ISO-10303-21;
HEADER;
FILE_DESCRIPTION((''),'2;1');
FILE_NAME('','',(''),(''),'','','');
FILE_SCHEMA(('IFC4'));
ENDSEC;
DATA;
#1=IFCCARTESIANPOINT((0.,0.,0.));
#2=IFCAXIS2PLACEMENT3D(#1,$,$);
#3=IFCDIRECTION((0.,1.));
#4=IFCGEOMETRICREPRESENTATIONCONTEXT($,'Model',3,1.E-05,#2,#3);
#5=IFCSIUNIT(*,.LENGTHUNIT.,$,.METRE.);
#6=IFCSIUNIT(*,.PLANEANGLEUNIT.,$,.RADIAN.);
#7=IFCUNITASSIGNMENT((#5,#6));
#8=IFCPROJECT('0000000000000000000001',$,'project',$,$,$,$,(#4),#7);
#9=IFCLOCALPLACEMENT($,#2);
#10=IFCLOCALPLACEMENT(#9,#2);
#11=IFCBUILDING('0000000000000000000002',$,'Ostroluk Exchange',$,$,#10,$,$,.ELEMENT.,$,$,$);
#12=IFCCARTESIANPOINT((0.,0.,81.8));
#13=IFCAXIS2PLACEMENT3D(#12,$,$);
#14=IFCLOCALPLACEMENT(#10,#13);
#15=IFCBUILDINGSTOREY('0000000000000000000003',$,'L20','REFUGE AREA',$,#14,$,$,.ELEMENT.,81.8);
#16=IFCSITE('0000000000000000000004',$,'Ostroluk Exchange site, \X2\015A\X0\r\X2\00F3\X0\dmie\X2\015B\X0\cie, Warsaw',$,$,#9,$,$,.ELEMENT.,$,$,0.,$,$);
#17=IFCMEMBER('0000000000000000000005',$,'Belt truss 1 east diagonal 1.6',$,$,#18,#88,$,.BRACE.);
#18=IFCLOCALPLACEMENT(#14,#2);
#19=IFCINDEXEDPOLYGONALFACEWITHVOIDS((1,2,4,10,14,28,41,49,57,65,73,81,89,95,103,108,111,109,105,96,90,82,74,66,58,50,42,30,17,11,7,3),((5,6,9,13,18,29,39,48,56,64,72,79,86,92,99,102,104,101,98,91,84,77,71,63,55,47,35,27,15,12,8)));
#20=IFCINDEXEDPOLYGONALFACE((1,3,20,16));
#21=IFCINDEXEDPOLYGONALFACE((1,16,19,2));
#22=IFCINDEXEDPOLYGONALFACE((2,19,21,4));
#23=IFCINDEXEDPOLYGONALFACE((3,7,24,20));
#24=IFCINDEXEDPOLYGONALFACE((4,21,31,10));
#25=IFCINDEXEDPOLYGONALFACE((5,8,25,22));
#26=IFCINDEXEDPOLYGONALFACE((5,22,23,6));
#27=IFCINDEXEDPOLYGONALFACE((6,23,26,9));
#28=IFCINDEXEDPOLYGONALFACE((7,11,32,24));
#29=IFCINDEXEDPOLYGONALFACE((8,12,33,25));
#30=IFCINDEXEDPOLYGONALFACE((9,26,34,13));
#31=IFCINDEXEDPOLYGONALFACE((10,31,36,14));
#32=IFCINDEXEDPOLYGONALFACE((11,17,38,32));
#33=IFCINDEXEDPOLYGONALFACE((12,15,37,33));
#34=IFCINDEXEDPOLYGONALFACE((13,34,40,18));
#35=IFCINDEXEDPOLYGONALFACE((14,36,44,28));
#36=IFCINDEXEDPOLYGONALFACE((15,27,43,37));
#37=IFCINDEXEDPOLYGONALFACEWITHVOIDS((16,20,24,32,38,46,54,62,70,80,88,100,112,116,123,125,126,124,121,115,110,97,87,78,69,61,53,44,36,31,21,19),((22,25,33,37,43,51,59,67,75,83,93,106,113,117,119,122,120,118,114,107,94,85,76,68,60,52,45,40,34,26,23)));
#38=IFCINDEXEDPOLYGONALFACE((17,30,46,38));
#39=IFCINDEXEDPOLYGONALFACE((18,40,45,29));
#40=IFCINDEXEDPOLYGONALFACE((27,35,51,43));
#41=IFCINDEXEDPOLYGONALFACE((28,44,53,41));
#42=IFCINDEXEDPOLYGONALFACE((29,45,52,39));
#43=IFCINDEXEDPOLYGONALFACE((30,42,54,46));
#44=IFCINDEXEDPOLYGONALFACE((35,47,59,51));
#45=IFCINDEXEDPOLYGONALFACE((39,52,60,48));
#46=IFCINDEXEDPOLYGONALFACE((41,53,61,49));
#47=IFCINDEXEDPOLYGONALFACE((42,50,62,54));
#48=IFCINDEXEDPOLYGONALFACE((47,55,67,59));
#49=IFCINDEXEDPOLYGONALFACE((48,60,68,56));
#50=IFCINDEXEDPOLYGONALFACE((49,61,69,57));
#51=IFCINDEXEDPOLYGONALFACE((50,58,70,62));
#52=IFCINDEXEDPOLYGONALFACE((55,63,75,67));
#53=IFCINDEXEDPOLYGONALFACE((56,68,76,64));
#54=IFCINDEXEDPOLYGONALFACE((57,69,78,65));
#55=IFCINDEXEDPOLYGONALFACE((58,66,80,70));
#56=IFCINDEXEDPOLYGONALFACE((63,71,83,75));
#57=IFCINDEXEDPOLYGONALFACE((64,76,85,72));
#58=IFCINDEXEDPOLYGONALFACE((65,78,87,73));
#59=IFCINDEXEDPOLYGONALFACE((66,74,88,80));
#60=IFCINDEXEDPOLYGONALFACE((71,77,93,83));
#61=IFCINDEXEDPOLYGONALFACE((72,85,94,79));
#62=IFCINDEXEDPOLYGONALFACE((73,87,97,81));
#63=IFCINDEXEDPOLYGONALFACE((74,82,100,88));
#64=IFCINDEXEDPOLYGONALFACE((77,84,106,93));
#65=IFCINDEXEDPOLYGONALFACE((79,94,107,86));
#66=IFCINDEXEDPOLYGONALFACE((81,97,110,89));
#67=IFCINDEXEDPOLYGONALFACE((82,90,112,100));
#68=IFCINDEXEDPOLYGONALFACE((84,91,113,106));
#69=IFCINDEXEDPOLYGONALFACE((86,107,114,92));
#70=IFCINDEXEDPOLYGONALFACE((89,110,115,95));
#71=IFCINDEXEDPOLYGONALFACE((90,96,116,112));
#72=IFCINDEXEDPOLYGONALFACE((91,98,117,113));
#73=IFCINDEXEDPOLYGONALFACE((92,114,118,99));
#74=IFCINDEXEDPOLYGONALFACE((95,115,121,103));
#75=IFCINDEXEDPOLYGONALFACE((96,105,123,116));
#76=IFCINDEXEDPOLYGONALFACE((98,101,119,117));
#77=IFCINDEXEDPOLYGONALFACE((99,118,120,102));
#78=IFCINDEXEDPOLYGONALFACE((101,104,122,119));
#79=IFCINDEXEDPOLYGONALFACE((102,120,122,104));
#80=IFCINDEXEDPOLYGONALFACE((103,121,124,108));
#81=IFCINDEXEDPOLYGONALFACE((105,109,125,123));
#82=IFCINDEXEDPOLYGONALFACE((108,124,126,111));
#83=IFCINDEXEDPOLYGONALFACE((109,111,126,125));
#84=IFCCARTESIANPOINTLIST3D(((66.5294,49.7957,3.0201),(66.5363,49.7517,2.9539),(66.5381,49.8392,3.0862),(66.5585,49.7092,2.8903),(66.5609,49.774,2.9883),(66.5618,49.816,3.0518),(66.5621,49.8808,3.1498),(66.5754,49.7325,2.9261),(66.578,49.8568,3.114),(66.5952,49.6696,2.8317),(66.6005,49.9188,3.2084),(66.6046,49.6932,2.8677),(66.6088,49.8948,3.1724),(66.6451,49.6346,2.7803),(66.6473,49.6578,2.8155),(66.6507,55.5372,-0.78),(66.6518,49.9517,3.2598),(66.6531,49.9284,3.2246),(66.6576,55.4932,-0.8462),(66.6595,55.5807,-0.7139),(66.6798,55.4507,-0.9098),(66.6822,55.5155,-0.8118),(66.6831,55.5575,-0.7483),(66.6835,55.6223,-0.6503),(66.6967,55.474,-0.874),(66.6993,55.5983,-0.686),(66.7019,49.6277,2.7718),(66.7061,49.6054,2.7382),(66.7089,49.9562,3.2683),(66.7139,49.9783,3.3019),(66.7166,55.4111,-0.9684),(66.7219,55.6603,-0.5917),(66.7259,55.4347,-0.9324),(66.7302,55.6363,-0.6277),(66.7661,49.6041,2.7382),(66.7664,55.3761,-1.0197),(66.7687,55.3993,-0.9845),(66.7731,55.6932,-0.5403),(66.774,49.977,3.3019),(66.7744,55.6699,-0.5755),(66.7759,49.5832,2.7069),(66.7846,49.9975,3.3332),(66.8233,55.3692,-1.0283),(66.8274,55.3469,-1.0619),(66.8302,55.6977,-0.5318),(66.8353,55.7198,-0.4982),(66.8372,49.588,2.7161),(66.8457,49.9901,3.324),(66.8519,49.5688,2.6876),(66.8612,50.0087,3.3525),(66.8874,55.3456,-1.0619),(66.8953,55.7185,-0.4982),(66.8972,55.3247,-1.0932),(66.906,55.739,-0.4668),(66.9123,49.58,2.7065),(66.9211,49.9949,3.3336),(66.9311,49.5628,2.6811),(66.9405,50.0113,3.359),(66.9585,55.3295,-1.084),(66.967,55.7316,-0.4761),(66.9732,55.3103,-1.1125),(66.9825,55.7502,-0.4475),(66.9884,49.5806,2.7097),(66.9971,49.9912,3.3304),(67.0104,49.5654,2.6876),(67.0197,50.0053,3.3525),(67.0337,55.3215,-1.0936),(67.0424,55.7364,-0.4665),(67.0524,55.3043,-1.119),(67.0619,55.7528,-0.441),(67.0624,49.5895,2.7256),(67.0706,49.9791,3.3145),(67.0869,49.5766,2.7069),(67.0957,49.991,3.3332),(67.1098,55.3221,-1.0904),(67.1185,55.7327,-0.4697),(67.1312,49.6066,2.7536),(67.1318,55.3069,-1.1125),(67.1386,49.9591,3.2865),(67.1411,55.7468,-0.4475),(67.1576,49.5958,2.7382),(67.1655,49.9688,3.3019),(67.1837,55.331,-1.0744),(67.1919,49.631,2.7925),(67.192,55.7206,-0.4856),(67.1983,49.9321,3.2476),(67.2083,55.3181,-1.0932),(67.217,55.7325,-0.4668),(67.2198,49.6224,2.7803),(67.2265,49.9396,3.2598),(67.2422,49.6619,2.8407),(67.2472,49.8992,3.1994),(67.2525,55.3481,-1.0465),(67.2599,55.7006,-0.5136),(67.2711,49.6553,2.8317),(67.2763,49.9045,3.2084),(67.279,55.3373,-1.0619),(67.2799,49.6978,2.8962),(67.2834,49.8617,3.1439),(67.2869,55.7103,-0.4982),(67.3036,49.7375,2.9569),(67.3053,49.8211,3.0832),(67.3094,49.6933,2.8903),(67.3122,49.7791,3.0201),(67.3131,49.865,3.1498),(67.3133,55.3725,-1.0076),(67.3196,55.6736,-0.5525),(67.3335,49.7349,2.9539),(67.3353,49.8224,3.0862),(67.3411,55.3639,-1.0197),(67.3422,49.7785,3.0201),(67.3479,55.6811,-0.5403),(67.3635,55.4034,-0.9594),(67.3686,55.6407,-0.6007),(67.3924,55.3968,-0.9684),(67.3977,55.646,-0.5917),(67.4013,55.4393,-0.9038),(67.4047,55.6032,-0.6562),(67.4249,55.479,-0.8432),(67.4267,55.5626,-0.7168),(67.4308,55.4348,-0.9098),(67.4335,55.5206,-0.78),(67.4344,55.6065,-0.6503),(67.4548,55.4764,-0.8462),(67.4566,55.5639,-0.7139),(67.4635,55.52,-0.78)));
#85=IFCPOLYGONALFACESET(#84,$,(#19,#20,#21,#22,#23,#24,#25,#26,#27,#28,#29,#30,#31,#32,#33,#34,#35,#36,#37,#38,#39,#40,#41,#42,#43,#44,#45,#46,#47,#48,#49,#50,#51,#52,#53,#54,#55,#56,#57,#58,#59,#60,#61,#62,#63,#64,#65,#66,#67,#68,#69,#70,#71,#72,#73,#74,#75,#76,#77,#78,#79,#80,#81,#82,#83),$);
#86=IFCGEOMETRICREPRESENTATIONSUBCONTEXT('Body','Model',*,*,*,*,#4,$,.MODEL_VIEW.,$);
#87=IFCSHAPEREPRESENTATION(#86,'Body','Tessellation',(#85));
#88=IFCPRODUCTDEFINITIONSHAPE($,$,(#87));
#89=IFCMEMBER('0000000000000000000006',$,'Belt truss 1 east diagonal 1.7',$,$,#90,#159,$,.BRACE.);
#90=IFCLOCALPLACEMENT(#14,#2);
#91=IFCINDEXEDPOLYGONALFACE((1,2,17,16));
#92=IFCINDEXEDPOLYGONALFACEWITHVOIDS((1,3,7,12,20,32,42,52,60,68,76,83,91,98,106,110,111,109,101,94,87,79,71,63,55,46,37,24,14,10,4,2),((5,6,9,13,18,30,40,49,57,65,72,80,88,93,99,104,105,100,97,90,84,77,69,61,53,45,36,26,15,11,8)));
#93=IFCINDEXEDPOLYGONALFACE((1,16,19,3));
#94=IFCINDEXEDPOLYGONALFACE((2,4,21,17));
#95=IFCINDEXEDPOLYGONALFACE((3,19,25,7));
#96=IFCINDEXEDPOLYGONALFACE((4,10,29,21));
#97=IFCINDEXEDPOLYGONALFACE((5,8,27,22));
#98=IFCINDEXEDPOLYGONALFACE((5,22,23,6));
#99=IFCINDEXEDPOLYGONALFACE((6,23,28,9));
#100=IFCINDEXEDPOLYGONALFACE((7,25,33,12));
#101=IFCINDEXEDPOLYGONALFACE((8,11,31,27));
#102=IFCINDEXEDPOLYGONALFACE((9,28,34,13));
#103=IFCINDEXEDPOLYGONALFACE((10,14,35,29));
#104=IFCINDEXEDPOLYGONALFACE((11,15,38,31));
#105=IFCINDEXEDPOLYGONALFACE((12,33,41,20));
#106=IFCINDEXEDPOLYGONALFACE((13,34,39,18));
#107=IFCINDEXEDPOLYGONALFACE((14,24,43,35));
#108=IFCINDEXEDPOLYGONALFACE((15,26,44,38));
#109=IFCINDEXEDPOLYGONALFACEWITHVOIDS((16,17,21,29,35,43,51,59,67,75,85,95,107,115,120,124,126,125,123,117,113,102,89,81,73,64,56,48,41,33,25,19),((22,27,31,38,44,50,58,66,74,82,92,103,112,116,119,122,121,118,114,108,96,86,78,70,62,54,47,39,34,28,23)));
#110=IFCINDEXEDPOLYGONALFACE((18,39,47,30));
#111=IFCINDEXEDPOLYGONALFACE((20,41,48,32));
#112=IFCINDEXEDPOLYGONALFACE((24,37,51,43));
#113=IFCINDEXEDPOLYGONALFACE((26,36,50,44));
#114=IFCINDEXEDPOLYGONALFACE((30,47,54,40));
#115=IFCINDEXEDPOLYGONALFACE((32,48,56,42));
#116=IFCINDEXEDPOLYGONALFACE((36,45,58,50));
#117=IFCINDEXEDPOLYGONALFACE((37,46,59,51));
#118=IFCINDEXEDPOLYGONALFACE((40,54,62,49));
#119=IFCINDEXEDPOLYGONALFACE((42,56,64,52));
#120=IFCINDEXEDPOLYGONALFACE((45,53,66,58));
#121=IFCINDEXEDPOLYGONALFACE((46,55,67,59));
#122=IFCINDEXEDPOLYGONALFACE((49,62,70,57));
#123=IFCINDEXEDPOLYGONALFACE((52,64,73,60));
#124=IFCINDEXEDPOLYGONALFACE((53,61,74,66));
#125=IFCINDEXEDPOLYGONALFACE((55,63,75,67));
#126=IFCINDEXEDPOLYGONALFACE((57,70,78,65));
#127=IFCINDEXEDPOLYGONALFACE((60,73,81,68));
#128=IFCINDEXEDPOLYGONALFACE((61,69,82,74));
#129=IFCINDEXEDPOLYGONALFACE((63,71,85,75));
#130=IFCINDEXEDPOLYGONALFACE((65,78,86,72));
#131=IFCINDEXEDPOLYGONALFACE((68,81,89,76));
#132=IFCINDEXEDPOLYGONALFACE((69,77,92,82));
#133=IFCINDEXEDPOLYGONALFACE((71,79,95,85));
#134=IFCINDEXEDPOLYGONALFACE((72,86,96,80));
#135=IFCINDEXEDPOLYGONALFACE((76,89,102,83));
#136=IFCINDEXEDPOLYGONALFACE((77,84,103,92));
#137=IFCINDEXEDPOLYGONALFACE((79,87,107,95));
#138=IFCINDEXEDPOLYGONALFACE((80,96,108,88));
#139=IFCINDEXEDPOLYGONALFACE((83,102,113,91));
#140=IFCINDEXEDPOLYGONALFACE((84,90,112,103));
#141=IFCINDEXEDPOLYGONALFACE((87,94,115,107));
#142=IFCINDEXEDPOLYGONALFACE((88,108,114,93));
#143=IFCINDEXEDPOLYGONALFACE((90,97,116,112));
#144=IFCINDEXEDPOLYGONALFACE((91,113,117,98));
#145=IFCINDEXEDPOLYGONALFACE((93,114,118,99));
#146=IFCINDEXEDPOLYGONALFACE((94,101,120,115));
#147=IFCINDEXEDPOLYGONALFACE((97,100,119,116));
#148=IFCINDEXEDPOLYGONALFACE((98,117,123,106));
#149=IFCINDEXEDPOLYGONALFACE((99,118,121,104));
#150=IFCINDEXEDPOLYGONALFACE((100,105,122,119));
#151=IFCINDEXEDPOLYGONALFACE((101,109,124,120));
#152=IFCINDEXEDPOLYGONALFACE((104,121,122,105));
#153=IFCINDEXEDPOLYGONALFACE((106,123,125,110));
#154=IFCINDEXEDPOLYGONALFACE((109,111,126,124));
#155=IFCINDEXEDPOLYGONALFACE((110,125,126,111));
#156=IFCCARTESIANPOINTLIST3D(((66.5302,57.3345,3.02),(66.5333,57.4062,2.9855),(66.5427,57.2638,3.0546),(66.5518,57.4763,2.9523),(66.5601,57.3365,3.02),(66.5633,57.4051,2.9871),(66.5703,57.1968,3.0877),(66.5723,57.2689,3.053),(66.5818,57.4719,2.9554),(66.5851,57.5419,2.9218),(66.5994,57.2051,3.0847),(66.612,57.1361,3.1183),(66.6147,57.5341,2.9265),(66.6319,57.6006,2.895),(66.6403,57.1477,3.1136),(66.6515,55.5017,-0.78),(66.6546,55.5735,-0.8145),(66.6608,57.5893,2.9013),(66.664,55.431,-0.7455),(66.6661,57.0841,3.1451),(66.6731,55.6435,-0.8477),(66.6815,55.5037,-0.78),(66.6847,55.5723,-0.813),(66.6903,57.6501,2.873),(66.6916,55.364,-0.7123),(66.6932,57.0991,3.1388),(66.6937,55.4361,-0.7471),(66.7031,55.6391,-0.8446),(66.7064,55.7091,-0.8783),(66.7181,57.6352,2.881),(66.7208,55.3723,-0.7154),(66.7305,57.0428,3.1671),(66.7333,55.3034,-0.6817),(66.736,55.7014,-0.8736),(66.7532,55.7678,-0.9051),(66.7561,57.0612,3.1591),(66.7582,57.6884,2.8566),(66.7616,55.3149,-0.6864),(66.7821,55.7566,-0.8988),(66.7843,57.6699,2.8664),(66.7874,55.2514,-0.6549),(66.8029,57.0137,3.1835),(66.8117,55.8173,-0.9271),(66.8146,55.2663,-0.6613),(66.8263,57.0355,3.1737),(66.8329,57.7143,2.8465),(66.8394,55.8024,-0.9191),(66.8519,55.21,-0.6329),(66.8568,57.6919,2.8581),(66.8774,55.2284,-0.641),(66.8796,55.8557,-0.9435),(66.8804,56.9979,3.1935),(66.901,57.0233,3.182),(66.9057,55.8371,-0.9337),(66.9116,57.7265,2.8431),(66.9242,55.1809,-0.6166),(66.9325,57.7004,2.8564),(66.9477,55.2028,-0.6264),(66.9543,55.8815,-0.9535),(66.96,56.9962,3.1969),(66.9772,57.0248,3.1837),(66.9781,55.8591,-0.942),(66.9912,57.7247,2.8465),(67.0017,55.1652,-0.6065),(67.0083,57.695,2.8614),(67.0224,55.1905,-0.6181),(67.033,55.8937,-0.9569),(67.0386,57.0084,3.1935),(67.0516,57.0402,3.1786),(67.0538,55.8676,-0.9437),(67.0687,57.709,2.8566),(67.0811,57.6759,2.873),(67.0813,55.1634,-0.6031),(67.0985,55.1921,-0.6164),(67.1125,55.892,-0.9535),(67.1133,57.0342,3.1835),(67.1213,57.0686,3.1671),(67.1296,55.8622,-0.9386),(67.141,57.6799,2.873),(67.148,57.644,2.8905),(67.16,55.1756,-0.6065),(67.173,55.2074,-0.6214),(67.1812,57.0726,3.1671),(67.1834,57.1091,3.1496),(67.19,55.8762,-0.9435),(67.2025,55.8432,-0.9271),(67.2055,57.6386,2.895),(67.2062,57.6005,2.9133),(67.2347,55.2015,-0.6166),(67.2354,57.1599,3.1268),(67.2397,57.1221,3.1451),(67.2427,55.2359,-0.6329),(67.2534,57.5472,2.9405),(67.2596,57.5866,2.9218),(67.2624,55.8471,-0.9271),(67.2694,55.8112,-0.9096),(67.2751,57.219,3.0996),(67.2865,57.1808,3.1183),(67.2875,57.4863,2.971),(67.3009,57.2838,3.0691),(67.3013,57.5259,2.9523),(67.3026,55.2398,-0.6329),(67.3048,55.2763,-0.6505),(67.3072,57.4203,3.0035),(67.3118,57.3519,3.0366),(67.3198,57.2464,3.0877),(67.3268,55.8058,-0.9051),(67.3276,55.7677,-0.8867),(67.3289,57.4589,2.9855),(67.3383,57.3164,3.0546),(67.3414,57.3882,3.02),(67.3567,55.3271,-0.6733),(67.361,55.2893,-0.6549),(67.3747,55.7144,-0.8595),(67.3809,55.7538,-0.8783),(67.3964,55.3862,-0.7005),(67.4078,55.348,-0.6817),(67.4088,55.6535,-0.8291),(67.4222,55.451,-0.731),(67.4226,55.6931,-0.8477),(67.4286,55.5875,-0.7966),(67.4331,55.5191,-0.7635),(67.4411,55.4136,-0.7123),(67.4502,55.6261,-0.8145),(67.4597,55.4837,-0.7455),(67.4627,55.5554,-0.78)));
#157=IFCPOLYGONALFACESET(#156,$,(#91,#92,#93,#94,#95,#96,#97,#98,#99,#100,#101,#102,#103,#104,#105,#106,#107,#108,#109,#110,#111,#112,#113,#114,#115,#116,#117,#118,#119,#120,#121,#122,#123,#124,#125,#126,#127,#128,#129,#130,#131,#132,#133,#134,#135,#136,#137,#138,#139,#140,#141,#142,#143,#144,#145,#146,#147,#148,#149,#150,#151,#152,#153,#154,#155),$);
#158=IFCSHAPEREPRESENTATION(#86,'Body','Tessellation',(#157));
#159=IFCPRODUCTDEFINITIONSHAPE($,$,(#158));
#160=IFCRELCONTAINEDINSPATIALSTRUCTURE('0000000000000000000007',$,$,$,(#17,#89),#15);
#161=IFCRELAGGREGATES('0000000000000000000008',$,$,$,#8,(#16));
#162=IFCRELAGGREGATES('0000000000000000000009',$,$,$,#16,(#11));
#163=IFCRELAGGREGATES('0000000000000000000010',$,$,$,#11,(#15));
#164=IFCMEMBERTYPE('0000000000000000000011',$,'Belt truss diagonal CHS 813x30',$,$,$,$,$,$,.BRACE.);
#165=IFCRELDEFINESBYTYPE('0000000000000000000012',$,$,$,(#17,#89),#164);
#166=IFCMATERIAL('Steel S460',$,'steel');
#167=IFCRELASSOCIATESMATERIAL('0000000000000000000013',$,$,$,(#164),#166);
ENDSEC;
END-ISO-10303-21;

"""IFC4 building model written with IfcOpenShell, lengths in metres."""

from ifc_helpers import new_model, si_unit, direction, frame, origin, origin_2d, place, context, subcontext, project, spatial, hollow_circle, extrude, material, material_profile, profile_set, type_object, element, save


model = new_model("IFC4")

# Units and contexts
model_context = context("Model", 3, precision=1e-05, world=origin(), true_north=direction((0.0, 1.0)))
body_context = subcontext(model_context, "Body", "Model", "MODEL_VIEW")
ifc_project = project(units=[si_unit("LENGTHUNIT", "METRE"), si_unit("PLANEANGLEUNIT", "RADIAN")], contexts=[model_context])

# Site, building, storey
site_placement = place(None, origin())
site = spatial("IfcSite", under=ifc_project, at=site_placement, Name="Ostroluk Exchange site, Śródmieście, Warsaw", CompositionType="ELEMENT", RefElevation=0.0)
building_placement = place(site_placement, origin())
building = spatial("IfcBuilding", under=site, at=building_placement, Name="Ostroluk Exchange", CompositionType="ELEMENT")
storey_placement = place(building_placement, frame((0.0, 0.0, 81.8)))
storey = spatial("IfcBuildingStorey", under=building, at=storey_placement, Name="L20", Description="REFUGE AREA", CompositionType="ELEMENT", Elevation=81.8)

# Members
ifc_material_1 = material(Name="Steel S460", Category="steel")
ifc_material_profile_1 = material_profile(ifc_material_1, hollow_circle(Radius=0.4065, WallThickness=0.03, at=origin_2d()), Name="CHS 813x30")
ifc_profile_set_1 = profile_set([ifc_material_profile_1], Name="Steel S460")
member_type_1 = type_object("IfcMemberType", Name="Belt truss diagonal CHS 813x30", PredefinedType="BRACE", material=ifc_profile_set_1)
member_1_placement = place(storey_placement, frame((67.0571, 55.5286, -0.78), z_axis=(-0.017621, -0.833766, 0.551837), x_axis=(0.999777, -0.021129, 0.0)))
element("IfcMember", 1, at=member_1_placement, inside=storey, type_object=member_type_1, Name="Belt truss 1 east diagonal 1.6", PredefinedType="BRACE", context=body_context, shape_type="SweptSolid", body=[
    extrude(hollow_circle(Radius=0.4065, WallThickness=0.03, at=origin_2d()), origin(), (0.0, 0.0, 1.0), 6.8862),
])
member_2_placement = place(storey_placement, frame((67.0571, 55.5286, -0.78), z_axis=(-0.028748, 0.434234, 0.900341), x_axis=(-0.997816, -0.06606, 0.0)))
element("IfcMember", 2, at=member_2_placement, inside=storey, type_object=member_type_1, Name="Belt truss 1 east diagonal 1.7", PredefinedType="BRACE", context=body_context, shape_type="SweptSolid", body=[
    extrude(hollow_circle(Radius=0.4065, WallThickness=0.03, at=origin_2d()), origin(), (0.0, 0.0, 1.0), 4.2207),
])

save(model, "model.ifc")
